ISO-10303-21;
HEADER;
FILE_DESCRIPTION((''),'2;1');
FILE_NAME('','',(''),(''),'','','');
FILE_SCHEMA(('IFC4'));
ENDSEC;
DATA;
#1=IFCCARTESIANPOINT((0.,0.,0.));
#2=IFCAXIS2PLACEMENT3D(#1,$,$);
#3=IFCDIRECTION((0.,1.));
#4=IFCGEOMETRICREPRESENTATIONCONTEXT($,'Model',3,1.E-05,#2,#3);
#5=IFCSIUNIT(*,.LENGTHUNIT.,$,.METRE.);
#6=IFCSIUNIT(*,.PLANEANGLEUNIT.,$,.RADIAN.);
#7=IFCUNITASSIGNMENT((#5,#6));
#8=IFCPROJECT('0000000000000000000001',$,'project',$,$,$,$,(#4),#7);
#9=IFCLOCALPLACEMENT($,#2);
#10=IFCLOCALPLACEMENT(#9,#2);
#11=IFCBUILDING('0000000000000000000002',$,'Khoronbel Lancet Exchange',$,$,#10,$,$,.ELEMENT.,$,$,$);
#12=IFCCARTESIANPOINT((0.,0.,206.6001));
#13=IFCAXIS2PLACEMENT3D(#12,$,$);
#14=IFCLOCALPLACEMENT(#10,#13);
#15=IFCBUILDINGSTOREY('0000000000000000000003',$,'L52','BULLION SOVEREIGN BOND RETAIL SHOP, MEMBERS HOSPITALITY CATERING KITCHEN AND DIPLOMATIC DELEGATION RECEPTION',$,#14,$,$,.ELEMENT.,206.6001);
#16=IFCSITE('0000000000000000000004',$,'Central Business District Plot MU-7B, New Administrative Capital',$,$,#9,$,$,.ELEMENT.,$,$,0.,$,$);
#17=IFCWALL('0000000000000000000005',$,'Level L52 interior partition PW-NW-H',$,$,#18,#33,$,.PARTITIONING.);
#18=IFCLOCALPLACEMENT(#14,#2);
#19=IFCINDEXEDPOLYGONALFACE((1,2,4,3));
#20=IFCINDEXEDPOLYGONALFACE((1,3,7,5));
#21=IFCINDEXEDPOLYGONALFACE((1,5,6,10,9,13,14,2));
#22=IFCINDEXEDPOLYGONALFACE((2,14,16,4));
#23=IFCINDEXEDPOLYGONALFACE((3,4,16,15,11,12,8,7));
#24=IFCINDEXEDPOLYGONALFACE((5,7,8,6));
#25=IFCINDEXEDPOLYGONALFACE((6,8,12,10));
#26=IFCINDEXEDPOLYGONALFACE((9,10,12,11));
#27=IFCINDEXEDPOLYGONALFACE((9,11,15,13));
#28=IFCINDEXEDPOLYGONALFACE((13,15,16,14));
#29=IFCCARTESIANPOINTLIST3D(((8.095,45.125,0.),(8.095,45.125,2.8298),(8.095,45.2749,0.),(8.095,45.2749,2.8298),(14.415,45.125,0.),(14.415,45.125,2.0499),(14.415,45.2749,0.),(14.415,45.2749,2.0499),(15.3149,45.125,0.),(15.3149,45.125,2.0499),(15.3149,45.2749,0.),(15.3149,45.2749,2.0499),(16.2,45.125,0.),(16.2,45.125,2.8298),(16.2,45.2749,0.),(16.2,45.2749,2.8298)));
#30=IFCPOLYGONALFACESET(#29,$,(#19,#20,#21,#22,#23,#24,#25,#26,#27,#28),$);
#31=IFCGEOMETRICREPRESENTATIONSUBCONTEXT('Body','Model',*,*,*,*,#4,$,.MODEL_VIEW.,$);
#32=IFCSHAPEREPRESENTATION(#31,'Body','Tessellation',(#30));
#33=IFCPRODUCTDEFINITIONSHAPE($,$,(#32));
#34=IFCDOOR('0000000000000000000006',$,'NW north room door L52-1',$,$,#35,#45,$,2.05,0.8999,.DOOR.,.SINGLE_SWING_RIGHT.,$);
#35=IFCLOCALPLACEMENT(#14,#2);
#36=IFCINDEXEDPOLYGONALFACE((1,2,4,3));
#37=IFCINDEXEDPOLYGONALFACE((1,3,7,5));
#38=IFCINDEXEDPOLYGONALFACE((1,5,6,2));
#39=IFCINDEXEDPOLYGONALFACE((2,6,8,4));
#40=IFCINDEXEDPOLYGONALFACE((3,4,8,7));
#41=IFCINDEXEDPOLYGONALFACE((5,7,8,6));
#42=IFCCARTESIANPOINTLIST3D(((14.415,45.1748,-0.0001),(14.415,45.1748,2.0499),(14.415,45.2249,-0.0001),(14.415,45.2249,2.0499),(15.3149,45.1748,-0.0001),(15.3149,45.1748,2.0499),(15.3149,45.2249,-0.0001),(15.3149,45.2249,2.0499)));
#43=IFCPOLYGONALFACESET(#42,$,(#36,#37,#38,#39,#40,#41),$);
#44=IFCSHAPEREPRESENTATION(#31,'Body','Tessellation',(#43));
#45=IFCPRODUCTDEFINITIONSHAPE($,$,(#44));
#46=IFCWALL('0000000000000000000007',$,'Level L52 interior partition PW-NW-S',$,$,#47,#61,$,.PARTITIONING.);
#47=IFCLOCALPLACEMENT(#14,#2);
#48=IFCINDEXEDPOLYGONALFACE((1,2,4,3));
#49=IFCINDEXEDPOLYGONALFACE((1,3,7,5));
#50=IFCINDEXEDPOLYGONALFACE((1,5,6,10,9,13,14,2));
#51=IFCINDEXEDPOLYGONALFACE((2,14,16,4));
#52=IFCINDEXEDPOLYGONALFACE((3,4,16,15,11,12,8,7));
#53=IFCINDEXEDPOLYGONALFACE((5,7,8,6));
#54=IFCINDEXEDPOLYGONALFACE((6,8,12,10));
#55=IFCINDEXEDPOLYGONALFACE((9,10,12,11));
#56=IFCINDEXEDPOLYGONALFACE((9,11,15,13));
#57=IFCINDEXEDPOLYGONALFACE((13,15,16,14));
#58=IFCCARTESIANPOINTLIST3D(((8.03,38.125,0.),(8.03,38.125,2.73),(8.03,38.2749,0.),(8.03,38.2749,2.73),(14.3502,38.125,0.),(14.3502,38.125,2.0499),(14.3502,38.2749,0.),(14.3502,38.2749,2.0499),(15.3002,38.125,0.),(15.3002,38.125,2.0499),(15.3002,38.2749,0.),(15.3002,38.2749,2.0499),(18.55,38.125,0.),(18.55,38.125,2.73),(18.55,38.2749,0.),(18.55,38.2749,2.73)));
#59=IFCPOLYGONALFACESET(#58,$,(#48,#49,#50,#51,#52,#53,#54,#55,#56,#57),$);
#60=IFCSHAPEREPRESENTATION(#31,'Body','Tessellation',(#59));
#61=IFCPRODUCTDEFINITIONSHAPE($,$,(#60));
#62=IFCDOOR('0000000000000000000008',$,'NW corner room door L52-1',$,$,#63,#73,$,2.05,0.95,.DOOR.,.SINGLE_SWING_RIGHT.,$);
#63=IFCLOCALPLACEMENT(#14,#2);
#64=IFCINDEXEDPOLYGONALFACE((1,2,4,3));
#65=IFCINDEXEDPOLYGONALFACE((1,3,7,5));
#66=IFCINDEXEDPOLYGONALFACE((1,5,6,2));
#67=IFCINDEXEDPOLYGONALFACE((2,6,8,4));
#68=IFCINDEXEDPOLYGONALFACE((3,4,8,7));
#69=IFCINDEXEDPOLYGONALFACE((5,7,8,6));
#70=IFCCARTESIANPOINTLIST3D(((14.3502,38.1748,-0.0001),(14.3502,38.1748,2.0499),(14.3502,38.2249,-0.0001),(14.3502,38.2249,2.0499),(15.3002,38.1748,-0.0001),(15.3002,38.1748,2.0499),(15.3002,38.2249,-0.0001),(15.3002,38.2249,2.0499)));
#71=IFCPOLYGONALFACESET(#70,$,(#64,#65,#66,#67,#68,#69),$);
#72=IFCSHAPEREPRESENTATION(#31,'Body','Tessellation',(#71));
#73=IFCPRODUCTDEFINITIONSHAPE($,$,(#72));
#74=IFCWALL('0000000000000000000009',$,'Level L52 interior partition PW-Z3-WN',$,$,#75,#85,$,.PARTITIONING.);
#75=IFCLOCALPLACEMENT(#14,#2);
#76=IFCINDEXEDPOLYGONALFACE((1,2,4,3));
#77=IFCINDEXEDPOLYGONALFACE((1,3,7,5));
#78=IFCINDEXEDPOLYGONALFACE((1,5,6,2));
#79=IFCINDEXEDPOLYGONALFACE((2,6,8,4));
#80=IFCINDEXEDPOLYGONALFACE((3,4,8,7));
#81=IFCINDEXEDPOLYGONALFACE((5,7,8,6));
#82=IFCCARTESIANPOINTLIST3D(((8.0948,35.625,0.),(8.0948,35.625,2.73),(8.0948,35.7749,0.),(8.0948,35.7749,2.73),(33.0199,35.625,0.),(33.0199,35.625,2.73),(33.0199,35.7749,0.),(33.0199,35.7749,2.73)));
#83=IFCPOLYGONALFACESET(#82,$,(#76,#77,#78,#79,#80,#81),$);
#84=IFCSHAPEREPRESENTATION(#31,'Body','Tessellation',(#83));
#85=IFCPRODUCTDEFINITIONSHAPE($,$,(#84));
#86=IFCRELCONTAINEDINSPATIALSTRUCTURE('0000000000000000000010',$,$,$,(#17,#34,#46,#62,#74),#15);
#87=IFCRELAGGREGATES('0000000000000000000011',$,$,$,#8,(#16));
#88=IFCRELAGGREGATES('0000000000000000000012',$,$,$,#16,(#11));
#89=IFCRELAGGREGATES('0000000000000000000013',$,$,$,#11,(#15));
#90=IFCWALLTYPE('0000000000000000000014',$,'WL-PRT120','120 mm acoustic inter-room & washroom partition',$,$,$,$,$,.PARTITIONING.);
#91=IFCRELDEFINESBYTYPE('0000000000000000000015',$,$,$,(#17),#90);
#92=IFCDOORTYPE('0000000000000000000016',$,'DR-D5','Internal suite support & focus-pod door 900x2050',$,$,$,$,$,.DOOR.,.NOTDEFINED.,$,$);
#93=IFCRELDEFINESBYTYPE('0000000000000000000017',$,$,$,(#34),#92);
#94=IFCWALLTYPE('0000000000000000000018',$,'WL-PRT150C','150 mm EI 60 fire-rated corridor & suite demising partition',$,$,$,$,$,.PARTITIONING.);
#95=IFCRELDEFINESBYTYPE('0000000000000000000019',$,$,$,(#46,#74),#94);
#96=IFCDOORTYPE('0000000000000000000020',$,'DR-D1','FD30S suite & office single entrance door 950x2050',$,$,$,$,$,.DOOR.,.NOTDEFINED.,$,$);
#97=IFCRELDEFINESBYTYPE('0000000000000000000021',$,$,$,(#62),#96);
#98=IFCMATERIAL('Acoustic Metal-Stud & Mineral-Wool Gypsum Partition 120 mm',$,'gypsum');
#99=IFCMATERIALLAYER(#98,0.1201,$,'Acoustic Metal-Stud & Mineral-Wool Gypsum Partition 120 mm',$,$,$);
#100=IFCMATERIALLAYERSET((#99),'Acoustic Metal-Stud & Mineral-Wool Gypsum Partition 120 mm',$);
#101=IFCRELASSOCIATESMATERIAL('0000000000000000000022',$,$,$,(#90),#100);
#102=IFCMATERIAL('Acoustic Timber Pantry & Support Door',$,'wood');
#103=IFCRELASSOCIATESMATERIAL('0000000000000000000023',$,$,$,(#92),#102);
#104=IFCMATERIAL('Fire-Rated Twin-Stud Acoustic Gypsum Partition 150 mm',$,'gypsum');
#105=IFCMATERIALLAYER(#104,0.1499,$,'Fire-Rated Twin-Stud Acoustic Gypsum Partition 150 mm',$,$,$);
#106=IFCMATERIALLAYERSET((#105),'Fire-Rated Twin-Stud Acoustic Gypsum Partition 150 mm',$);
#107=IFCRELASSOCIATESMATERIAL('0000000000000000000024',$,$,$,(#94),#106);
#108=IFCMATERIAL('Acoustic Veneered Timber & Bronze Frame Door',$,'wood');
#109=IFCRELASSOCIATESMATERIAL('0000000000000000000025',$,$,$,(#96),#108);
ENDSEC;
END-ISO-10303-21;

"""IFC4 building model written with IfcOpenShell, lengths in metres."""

from ifc_helpers import new_model, si_unit, direction, frame, frame_2d, origin, place, context, subcontext, project, spatial, rectangle, extrude, material, layer, layer_set, type_object, element, fill, save


model = new_model("IFC4")

# Units and contexts
model_context = context("Model", 3, precision=1e-05, world=origin(), true_north=direction((0.0, 1.0)))
body_context = subcontext(model_context, "Body", "Model", "MODEL_VIEW")
ifc_project = project(units=[si_unit("LENGTHUNIT", "METRE"), si_unit("PLANEANGLEUNIT", "RADIAN")], contexts=[model_context])

# Site, building, storey
site_placement = place(None, origin())
site = spatial("IfcSite", under=ifc_project, at=site_placement, Name="Central Business District Plot MU-7B, New Administrative Capital", CompositionType="ELEMENT", RefElevation=0.0)
building_placement = place(site_placement, origin())
building = spatial("IfcBuilding", under=site, at=building_placement, Name="Khoronbel Lancet Exchange", CompositionType="ELEMENT")
storey_placement = place(building_placement, frame((0.0, 0.0, 206.6001)))
storey = spatial("IfcBuildingStorey", under=building, at=storey_placement, Name="L52", Description="BULLION SOVEREIGN BOND RETAIL SHOP, MEMBERS HOSPITALITY CATERING KITCHEN AND DIPLOMATIC DELEGATION RECEPTION", CompositionType="ELEMENT", Elevation=206.6001)

# Walls, openings, doors
ifc_material_1 = material(Name="Acoustic Metal-Stud & Mineral-Wool Gypsum Partition 120 mm", Category="gypsum")
ifc_layer_1 = layer(ifc_material_1, 0.1201, Name="Acoustic Metal-Stud & Mineral-Wool Gypsum Partition 120 mm")
ifc_layer_set_1 = layer_set([ifc_layer_1], Name="Acoustic Metal-Stud & Mineral-Wool Gypsum Partition 120 mm")
wall_type_1 = type_object("IfcWallType", Name="WL-PRT120", Description="120 mm acoustic inter-room & washroom partition", PredefinedType="PARTITIONING", material=ifc_layer_set_1)
wall_1_placement = place(storey_placement, frame((8.095, 45.2, 0.0), z_axis=(0.0, 0.0, 1.0), x_axis=(1.0, 0.0, 0.0)))
wall_1 = element("IfcWall", 1, at=wall_1_placement, inside=storey, type_object=wall_type_1, Name="Level L52 interior partition PW-NW-H", PredefinedType="PARTITIONING", context=body_context, shape_type="SweptSolid", body=[
    extrude(rectangle(XDim=8.105, YDim=0.1499, at=frame_2d((4.0525, 0.0))), origin(), (0.0, 0.0, 1.0), 2.8298),
])
opening_1_placement = place(wall_1_placement, frame((6.3201, 0.0, 0.0)))
opening_1 = element("IfcOpeningElement", 2, at=opening_1_placement, cuts=wall_1, PredefinedType="OPENING", context=body_context, shape_type="SweptSolid", body=[
    extrude(rectangle(XDim=0.8999, YDim=2.05, at=frame_2d((0.45, 1.0249))), frame((0.0, 0.085, 0.0), z_axis=(0.0, -1.0, 0.0), x_axis=(1.0, 0.0, 0.0)), (0.0, 0.0, 1.0), 0.1699),
])
ifc_material_2 = material(Name="Acoustic Timber Pantry & Support Door", Category="wood")
door_type_1 = type_object("IfcDoorType", Name="DR-D5", Description="Internal suite support & focus-pod door 900x2050", OperationType="NOTDEFINED", PredefinedType="DOOR", material=ifc_material_2)
door_1_placement = place(opening_1_placement, origin())
door_1 = element("IfcDoor", 3, at=door_1_placement, inside=storey, type_object=door_type_1, Name="NW north room door L52-1", OperationType="SINGLE_SWING_RIGHT", OverallHeight=2.05, OverallWidth=0.8999, PredefinedType="DOOR", context=body_context, shape_type="SweptSolid", body=[
    extrude(rectangle(XDim=0.8999, YDim=2.05, at=frame_2d((0.45, 1.0249))), frame((0.0, 0.0249, 0.0), z_axis=(0.0, -1.0, 0.0), x_axis=(1.0, 0.0, 0.0)), (0.0, 0.0, 1.0), 0.05),
])
fill(opening_1, door_1)
ifc_material_3 = material(Name="Fire-Rated Twin-Stud Acoustic Gypsum Partition 150 mm", Category="gypsum")
ifc_layer_2 = layer(ifc_material_3, 0.1499, Name="Fire-Rated Twin-Stud Acoustic Gypsum Partition 150 mm")
ifc_layer_set_2 = layer_set([ifc_layer_2], Name="Fire-Rated Twin-Stud Acoustic Gypsum Partition 150 mm")
wall_type_2 = type_object("IfcWallType", Name="WL-PRT150C", Description="150 mm EI 60 fire-rated corridor & suite demising partition", PredefinedType="PARTITIONING", material=ifc_layer_set_2)
wall_2_placement = place(storey_placement, frame((8.03, 38.2, 0.0), z_axis=(0.0, 0.0, 1.0), x_axis=(1.0, 0.0, 0.0)))
wall_2 = element("IfcWall", 4, at=wall_2_placement, inside=storey, type_object=wall_type_2, Name="Level L52 interior partition PW-NW-S", PredefinedType="PARTITIONING", context=body_context, shape_type="SweptSolid", body=[
    extrude(rectangle(XDim=10.52, YDim=0.1499, at=frame_2d((5.26, 0.0))), origin(), (0.0, 0.0, 1.0), 2.73),
])
opening_2_placement = place(wall_2_placement, frame((6.3201, 0.0, 0.0)))
opening_2 = element("IfcOpeningElement", 5, at=opening_2_placement, cuts=wall_2, PredefinedType="OPENING", context=body_context, shape_type="SweptSolid", body=[
    extrude(rectangle(XDim=0.95, YDim=2.05, at=frame_2d((0.4751, 1.0249))), frame((0.0, 0.085, 0.0), z_axis=(0.0, -1.0, 0.0), x_axis=(1.0, 0.0, 0.0)), (0.0, 0.0, 1.0), 0.1699),
])
ifc_material_4 = material(Name="Acoustic Veneered Timber & Bronze Frame Door", Category="wood")
door_type_2 = type_object("IfcDoorType", Name="DR-D1", Description="FD30S suite & office single entrance door 950x2050", OperationType="NOTDEFINED", PredefinedType="DOOR", material=ifc_material_4)
door_2_placement = place(opening_2_placement, origin())
door_2 = element("IfcDoor", 6, at=door_2_placement, inside=storey, type_object=door_type_2, Name="NW corner room door L52-1", OperationType="SINGLE_SWING_RIGHT", OverallHeight=2.05, OverallWidth=0.95, PredefinedType="DOOR", context=body_context, shape_type="SweptSolid", body=[
    extrude(rectangle(XDim=0.95, YDim=2.05, at=frame_2d((0.4751, 1.0249))), frame((0.0, 0.0249, 0.0), z_axis=(0.0, -1.0, 0.0), x_axis=(1.0, 0.0, 0.0)), (0.0, 0.0, 1.0), 0.05),
])
fill(opening_2, door_2)

# Wall
wall_3_placement = place(storey_placement, frame((8.095, 35.7, 0.0), z_axis=(0.0, 0.0, 1.0), x_axis=(1.0, 0.0, 0.0)))
element("IfcWall", 7, at=wall_3_placement, inside=storey, type_object=wall_type_2, Name="Level L52 interior partition PW-Z3-WN", PredefinedType="PARTITIONING", context=body_context, shape_type="SweptSolid", body=[
    extrude(rectangle(XDim=24.925, YDim=0.1499, at=frame_2d((12.4624, 0.0))), origin(), (0.0, 0.0, 1.0), 2.73),
])

save(model, "model.ifc")
